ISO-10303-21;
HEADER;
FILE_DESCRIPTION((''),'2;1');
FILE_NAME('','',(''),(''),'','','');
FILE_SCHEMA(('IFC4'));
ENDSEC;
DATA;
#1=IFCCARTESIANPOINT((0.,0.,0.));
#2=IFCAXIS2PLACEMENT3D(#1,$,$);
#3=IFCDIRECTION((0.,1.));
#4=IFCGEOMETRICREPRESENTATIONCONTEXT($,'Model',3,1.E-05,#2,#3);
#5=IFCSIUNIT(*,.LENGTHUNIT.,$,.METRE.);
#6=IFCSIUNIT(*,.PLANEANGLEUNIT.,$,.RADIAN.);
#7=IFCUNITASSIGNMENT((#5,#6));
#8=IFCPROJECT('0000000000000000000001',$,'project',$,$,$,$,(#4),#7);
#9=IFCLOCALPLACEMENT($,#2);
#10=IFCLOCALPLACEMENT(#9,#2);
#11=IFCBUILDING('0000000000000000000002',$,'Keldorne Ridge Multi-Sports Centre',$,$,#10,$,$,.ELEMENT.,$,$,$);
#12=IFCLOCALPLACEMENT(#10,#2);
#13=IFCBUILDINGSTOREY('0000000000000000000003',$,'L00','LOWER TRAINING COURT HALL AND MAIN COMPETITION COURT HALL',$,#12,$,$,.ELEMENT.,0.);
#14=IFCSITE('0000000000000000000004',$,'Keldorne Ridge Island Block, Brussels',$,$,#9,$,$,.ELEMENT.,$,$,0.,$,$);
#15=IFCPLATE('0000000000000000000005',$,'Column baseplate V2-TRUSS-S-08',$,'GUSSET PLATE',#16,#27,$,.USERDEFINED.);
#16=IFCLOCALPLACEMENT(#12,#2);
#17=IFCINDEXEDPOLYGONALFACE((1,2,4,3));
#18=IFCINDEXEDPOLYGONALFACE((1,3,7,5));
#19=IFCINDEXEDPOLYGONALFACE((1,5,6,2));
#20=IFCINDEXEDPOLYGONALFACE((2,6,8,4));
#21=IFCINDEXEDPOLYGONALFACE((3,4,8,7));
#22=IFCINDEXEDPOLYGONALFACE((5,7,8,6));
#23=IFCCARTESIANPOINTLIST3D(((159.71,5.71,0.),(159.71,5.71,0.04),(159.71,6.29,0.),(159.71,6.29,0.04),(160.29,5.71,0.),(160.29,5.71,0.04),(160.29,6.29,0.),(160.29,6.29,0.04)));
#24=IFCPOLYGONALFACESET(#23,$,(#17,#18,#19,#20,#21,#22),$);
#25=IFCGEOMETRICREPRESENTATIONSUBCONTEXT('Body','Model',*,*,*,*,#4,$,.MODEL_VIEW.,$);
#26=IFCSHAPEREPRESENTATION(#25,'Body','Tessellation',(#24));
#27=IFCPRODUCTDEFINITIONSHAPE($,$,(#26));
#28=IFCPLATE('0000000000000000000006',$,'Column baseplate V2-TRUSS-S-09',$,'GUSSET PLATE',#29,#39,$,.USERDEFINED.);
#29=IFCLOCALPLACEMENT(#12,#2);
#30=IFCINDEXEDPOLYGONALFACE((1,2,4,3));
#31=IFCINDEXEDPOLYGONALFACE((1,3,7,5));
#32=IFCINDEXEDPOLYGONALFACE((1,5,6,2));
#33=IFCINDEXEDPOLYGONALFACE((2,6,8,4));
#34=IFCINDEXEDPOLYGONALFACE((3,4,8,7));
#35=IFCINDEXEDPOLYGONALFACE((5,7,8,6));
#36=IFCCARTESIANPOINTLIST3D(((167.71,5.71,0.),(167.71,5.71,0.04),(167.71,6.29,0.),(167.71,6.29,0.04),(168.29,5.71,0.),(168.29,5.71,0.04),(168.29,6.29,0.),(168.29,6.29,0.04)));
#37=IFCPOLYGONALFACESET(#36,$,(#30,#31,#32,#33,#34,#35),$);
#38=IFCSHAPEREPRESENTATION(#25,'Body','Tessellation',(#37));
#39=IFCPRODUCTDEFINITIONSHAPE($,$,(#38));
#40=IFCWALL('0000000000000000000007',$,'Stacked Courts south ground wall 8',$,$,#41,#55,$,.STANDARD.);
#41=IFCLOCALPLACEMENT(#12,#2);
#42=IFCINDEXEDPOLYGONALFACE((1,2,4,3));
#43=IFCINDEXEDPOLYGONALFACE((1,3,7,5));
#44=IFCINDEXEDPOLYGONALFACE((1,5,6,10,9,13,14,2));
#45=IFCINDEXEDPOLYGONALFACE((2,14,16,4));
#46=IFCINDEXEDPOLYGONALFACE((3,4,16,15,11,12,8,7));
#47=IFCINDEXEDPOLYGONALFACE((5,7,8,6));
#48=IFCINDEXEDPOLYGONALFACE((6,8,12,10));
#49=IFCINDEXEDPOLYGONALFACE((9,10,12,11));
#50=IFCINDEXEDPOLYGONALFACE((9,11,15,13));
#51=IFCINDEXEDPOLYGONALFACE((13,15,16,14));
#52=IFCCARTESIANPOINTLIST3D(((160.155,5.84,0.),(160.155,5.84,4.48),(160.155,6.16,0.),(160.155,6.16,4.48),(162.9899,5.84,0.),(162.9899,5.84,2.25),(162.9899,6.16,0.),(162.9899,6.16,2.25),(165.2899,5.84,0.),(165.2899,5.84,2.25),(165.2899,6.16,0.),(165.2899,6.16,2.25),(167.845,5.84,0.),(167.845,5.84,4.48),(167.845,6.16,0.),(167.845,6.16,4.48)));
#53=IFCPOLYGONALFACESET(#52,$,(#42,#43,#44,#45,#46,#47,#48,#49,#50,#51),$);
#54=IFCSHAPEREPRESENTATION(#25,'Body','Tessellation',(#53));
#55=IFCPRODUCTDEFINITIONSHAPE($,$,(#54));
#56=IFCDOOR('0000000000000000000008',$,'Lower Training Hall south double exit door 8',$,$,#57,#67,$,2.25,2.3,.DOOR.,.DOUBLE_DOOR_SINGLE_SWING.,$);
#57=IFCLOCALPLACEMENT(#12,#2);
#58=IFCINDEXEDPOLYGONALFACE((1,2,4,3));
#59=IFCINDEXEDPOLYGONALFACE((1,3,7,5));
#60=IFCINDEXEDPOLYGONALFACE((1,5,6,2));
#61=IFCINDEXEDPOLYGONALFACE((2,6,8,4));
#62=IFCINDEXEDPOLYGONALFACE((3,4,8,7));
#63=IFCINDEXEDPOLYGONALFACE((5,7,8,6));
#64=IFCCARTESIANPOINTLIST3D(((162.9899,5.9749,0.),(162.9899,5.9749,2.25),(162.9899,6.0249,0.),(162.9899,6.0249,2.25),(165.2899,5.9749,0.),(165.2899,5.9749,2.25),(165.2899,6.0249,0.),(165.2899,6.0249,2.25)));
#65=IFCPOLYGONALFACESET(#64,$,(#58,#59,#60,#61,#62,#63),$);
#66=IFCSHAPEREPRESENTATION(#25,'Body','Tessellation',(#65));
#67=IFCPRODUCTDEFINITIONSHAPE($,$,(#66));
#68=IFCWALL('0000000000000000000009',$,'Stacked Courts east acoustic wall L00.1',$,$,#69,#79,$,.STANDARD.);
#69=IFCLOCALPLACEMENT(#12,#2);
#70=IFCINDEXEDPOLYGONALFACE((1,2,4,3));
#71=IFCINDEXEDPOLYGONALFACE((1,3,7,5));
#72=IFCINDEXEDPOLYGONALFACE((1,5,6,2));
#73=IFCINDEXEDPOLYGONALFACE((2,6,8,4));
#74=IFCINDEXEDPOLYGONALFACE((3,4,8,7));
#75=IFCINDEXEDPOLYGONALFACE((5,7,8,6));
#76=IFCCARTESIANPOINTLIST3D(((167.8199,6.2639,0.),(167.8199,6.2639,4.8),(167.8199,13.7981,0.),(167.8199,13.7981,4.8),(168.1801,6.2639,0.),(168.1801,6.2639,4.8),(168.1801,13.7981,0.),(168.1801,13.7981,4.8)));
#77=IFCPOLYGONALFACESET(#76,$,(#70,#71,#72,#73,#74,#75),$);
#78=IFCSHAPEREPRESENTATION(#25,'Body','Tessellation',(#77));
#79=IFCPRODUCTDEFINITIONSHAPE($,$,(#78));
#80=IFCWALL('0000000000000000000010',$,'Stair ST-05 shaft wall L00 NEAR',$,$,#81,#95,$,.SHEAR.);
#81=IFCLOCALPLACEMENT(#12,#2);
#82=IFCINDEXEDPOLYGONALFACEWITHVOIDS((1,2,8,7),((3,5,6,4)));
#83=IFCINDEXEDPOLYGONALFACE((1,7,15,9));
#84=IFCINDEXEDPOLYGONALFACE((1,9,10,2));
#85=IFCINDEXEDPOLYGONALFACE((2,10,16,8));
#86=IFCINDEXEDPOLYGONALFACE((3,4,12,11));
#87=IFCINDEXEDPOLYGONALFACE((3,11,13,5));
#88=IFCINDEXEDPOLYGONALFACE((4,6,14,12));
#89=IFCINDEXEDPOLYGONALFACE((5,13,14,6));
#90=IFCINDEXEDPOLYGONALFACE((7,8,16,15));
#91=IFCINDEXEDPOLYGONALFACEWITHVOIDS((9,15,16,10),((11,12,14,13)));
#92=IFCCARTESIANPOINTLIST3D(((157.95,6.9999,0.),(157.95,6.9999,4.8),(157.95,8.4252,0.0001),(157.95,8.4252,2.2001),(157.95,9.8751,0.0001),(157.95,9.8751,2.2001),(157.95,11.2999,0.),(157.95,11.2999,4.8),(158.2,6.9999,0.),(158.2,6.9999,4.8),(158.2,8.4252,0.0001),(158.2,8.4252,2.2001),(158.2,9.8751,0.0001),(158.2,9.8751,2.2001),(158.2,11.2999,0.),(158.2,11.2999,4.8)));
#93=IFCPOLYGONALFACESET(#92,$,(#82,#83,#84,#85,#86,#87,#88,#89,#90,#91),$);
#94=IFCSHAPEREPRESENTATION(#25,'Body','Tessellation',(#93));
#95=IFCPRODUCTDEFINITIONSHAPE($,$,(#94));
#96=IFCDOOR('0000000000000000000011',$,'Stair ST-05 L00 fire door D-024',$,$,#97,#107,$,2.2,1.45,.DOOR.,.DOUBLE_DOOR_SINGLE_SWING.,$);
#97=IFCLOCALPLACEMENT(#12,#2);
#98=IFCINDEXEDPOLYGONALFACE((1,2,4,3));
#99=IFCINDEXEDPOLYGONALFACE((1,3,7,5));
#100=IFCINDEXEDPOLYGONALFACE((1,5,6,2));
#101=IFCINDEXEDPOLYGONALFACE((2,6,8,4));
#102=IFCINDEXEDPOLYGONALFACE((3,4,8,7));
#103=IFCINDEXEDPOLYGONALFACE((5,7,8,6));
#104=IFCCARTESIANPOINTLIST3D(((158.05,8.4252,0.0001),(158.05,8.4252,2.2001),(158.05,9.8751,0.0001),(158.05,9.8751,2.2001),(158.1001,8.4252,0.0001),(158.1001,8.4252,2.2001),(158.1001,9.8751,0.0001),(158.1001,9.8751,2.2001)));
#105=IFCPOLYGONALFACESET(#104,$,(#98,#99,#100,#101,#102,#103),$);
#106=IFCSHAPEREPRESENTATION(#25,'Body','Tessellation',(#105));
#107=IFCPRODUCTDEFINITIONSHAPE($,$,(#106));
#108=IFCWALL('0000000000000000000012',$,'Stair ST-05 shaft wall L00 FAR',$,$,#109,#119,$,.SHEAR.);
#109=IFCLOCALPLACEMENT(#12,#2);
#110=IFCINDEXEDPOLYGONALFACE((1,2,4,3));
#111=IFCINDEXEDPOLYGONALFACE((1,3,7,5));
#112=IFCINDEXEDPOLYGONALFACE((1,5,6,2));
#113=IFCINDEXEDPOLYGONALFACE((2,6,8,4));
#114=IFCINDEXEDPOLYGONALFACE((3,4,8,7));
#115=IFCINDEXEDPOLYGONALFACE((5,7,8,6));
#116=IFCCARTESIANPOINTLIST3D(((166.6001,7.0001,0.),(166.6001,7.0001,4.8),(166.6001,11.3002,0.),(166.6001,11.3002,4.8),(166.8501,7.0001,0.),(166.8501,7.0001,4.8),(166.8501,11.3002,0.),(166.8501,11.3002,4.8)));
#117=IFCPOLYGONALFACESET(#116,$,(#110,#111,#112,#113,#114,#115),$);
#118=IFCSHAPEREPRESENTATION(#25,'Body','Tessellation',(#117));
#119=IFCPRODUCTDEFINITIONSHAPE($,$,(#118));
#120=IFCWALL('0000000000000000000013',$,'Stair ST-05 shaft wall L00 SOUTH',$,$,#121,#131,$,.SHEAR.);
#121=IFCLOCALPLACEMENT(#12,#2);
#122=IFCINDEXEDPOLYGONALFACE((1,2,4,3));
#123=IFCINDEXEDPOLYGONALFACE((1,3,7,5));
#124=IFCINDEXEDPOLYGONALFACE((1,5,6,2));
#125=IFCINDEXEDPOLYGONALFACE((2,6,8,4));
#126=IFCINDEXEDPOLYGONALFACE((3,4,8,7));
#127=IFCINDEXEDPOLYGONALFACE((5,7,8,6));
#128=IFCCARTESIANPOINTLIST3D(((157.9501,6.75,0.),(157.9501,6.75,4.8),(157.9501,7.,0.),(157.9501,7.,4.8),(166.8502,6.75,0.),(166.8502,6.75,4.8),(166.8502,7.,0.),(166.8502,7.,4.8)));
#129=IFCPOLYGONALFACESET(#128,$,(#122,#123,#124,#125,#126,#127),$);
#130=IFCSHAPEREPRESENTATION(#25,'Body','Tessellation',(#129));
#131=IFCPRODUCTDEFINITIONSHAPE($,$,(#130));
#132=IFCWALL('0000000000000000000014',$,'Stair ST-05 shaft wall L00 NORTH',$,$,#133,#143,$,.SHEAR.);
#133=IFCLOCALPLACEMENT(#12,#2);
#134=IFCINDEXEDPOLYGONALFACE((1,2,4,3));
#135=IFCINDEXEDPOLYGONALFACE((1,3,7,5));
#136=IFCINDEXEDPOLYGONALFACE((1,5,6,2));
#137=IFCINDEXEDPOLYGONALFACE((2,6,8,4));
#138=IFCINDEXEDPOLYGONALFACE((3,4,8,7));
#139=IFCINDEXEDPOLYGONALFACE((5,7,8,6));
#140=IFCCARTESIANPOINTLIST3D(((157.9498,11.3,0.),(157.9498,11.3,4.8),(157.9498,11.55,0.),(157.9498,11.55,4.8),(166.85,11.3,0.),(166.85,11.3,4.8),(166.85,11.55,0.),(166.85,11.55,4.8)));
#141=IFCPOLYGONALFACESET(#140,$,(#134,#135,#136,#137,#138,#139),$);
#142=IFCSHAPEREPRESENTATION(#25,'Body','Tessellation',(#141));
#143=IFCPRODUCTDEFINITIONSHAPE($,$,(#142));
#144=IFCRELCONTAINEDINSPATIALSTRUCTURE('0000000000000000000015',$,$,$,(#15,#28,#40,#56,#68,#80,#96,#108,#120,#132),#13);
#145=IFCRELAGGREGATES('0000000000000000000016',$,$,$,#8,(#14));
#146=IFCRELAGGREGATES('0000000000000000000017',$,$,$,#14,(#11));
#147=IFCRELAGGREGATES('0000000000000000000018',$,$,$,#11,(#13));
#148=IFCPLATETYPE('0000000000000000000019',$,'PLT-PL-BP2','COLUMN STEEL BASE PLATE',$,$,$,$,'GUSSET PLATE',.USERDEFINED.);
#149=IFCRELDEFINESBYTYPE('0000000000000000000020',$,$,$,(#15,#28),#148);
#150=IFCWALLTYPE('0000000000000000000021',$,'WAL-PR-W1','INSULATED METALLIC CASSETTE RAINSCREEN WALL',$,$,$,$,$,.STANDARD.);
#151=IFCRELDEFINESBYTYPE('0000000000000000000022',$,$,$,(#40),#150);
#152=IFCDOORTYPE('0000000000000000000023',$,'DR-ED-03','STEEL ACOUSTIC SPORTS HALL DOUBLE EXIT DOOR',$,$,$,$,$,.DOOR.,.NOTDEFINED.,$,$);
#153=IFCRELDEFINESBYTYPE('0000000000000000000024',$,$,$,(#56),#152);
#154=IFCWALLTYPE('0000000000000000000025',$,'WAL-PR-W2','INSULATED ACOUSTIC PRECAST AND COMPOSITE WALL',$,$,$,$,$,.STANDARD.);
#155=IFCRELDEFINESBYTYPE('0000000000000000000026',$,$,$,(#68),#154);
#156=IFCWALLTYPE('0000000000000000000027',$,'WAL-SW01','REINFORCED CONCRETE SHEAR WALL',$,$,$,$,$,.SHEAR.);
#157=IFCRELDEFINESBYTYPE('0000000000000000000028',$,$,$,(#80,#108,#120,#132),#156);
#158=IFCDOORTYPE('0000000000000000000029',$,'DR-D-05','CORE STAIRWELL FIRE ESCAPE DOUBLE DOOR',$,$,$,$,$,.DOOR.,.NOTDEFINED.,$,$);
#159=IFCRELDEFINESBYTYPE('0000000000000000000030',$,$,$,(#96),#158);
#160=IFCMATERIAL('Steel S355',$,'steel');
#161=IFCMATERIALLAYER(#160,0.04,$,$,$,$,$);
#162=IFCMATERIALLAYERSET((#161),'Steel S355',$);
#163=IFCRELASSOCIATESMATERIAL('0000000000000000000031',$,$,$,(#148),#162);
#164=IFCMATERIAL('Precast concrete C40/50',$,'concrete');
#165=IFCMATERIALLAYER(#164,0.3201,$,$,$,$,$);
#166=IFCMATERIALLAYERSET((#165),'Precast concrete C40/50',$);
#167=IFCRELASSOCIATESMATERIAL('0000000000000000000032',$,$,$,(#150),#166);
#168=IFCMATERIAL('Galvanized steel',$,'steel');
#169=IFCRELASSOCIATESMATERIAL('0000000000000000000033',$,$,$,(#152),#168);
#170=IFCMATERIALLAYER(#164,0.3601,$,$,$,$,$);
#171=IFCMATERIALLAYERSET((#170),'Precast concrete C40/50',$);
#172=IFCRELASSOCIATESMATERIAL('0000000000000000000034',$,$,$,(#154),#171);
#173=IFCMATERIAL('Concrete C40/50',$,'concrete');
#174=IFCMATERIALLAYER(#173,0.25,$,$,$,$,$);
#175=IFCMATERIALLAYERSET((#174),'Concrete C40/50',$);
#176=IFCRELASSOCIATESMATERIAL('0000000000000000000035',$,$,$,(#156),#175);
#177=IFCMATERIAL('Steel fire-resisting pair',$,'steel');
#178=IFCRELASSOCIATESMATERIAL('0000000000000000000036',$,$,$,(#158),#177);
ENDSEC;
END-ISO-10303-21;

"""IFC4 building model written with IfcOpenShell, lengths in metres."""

from ifc_helpers import new_model, si_unit, direction, frame, frame_2d, origin, origin_2d, place, context, subcontext, project, spatial, rectangle, extrude, material, layer, layer_set, type_object, element, fill, save


model = new_model("IFC4")

# Units and contexts
model_context = context("Model", 3, precision=1e-05, world=origin(), true_north=direction((0.0, 1.0)))
body_context = subcontext(model_context, "Body", "Model", "MODEL_VIEW")
ifc_project = project(units=[si_unit("LENGTHUNIT", "METRE"), si_unit("PLANEANGLEUNIT", "RADIAN")], contexts=[model_context])

# Site, building, storey
site_placement = place(None, origin())
site = spatial("IfcSite", under=ifc_project, at=site_placement, Name="Keldorne Ridge Island Block, Brussels", CompositionType="ELEMENT", RefElevation=0.0)
building_placement = place(site_placement, origin())
building = spatial("IfcBuilding", under=site, at=building_placement, Name="Keldorne Ridge Multi-Sports Centre", CompositionType="ELEMENT")
storey_placement = place(building_placement, origin())
storey = spatial("IfcBuildingStorey", under=building, at=storey_placement, Name="L00", Description="LOWER TRAINING COURT HALL AND MAIN COMPETITION COURT HALL", CompositionType="ELEMENT", Elevation=0.0)

# Shared definitions
ifc_material_1 = material(Name="Steel S355", Category="steel")

# Plates
ifc_layer_1 = layer(ifc_material_1, 0.04)
ifc_layer_set_1 = layer_set([ifc_layer_1], Name="Steel S355")
plate_type_1 = type_object("IfcPlateType", Name="PLT-PL-BP2", Description="COLUMN STEEL BASE PLATE", ElementType="GUSSET PLATE", PredefinedType="USERDEFINED", material=ifc_layer_set_1)
for number, where, z_axis, x_axis, name in (
    (1, (160.0, 6.0, 0.0), (0.0, 0.0, 1.0), (1.0, 0.0, 0.0), "Column baseplate V2-TRUSS-S-08"),
    (2, (168.0, 6.0, 0.0), (0.0, 0.0, 1.0), (1.0, 0.0, 0.0), "Column baseplate V2-TRUSS-S-09"),
):
    element("IfcPlate", number, at=place(storey_placement, frame(where, z_axis=z_axis, x_axis=x_axis)), inside=storey, type_object=plate_type_1, Name=name, ObjectType="GUSSET PLATE", PredefinedType="USERDEFINED", context=body_context, shape_type="SweptSolid", body=[
        extrude(rectangle(XDim=0.5801, YDim=0.5801, at=origin_2d()), origin(), (0.0, 0.0, 1.0), 0.04),
    ])

# Wall, opening, door
ifc_material_2 = material(Name="Precast concrete C40/50", Category="concrete")
ifc_layer_2 = layer(ifc_material_2, 0.3201)
ifc_layer_set_2 = layer_set([ifc_layer_2], Name="Precast concrete C40/50")
wall_type_1 = type_object("IfcWallType", Name="WAL-PR-W1", Description="INSULATED METALLIC CASSETTE RAINSCREEN WALL", PredefinedType="STANDARD", material=ifc_layer_set_2)
wall_1_placement = place(storey_placement, frame((160.155, 6.0, 0.0), z_axis=(0.0, 0.0, 1.0), x_axis=(1.0, 0.0, 0.0)))
wall_1 = element("IfcWall", 3, at=wall_1_placement, inside=storey, type_object=wall_type_1, Name="Stacked Courts south ground wall 8", PredefinedType="STANDARD", context=body_context, shape_type="SweptSolid", body=[
    extrude(rectangle(XDim=7.6899, YDim=0.3201, at=frame_2d((3.845, 0.0))), origin(), (0.0, 0.0, 1.0), 4.48),
])
opening_1_placement = place(wall_1_placement, frame((2.835, 0.0, 0.0)))
opening_1 = element("IfcOpeningElement", 4, at=opening_1_placement, cuts=wall_1, PredefinedType="OPENING", context=body_context, shape_type="SweptSolid", body=[
    extrude(rectangle(XDim=2.3, YDim=2.25, at=frame_2d((1.1499, 1.125))), frame((0.0, 0.1699, 0.0), z_axis=(0.0, -1.0, 0.0), x_axis=(1.0, 0.0, 0.0)), (0.0, 0.0, 1.0), 0.3401),
])
ifc_material_3 = material(Name="Galvanized steel", Category="steel")
door_type_1 = type_object("IfcDoorType", Name="DR-ED-03", Description="STEEL ACOUSTIC SPORTS HALL DOUBLE EXIT DOOR", OperationType="NOTDEFINED", PredefinedType="DOOR", material=ifc_material_3)
door_1_placement = place(opening_1_placement, origin())
door_1 = element("IfcDoor", 5, at=door_1_placement, inside=storey, type_object=door_type_1, Name="Lower Training Hall south double exit door 8", OperationType="DOUBLE_DOOR_SINGLE_SWING", OverallHeight=2.25, OverallWidth=2.3, PredefinedType="DOOR", context=body_context, shape_type="SweptSolid", body=[
    extrude(rectangle(XDim=2.3, YDim=2.25, at=frame_2d((1.1499, 1.125))), frame((0.0, 0.0249, 0.0), z_axis=(0.0, -1.0, 0.0), x_axis=(1.0, 0.0, 0.0)), (0.0, 0.0, 1.0), 0.05),
])
fill(opening_1, door_1)

# Wall
ifc_layer_3 = layer(ifc_material_2, 0.3601)
ifc_layer_set_3 = layer_set([ifc_layer_3], Name="Precast concrete C40/50")
wall_type_2 = type_object("IfcWallType", Name="WAL-PR-W2", Description="INSULATED ACOUSTIC PRECAST AND COMPOSITE WALL", PredefinedType="STANDARD", material=ifc_layer_set_3)
wall_2_placement = place(storey_placement, frame((168.0, 6.2639, 0.0), z_axis=(0.0, 0.0, 1.0), x_axis=(0.0, 1.0, 0.0)))
element("IfcWall", 6, at=wall_2_placement, inside=storey, type_object=wall_type_2, Name="Stacked Courts east acoustic wall L00.1", PredefinedType="STANDARD", context=body_context, shape_type="SweptSolid", body=[
    extrude(rectangle(XDim=7.5342, YDim=0.3601, at=frame_2d((3.7671, 0.0))), origin(), (0.0, 0.0, 1.0), 4.8),
])

# Wall, opening, door
ifc_material_4 = material(Name="Concrete C40/50", Category="concrete")
ifc_layer_4 = layer(ifc_material_4, 0.25)
ifc_layer_set_4 = layer_set([ifc_layer_4], Name="Concrete C40/50")
wall_type_3 = type_object("IfcWallType", Name="WAL-SW01", Description="REINFORCED CONCRETE SHEAR WALL", PredefinedType="SHEAR", material=ifc_layer_set_4)
wall_3_placement = place(storey_placement, frame((158.075, 7.0, 0.0), z_axis=(0.0, 0.0, 1.0), x_axis=(0.0, 1.0, 0.0)))
wall_3 = element("IfcWall", 7, at=wall_3_placement, inside=storey, type_object=wall_type_3, Name="Stair ST-05 shaft wall L00 NEAR", PredefinedType="SHEAR", context=body_context, shape_type="SweptSolid", body=[
    extrude(rectangle(XDim=4.3, YDim=0.25, at=frame_2d((2.1499, 0.0))), origin(), (0.0, 0.0, 1.0), 4.8),
])
opening_2_placement = place(wall_3_placement, frame((1.425, 0.0, 0.0)))
opening_2 = element("IfcOpeningElement", 8, at=opening_2_placement, cuts=wall_3, PredefinedType="OPENING", context=body_context, shape_type="SweptSolid", body=[
    extrude(rectangle(XDim=1.45, YDim=2.2, at=frame_2d((0.7251, 1.1001))), frame((0.0, 0.135, 0.0), z_axis=(0.0, -1.0, 0.0), x_axis=(1.0, 0.0, 0.0)), (0.0, 0.0, 1.0), 0.27),
])
ifc_material_5 = material(Name="Steel fire-resisting pair", Category="steel")
door_type_2 = type_object("IfcDoorType", Name="DR-D-05", Description="CORE STAIRWELL FIRE ESCAPE DOUBLE DOOR", OperationType="NOTDEFINED", PredefinedType="DOOR", material=ifc_material_5)
door_2_placement = place(opening_2_placement, origin())
door_2 = element("IfcDoor", 9, at=door_2_placement, inside=storey, type_object=door_type_2, Name="Stair ST-05 L00 fire door D-024", OperationType="DOUBLE_DOOR_SINGLE_SWING", OverallHeight=2.2, OverallWidth=1.45, PredefinedType="DOOR", context=body_context, shape_type="SweptSolid", body=[
    extrude(rectangle(XDim=1.45, YDim=2.2, at=frame_2d((0.7251, 1.1001))), frame((0.0, 0.0249, 0.0), z_axis=(0.0, -1.0, 0.0), x_axis=(1.0, 0.0, 0.0)), (0.0, 0.0, 1.0), 0.05),
])
fill(opening_2, door_2)

# Walls
wall_4_placement = place(storey_placement, frame((166.7251, 11.3, 0.0), z_axis=(0.0, 0.0, 1.0), x_axis=(0.0, -1.0, 0.0)))
element("IfcWall", 10, at=wall_4_placement, inside=storey, type_object=wall_type_3, Name="Stair ST-05 shaft wall L00 FAR", PredefinedType="SHEAR", context=body_context, shape_type="SweptSolid", body=[
    extrude(rectangle(XDim=4.3, YDim=0.25, at=frame_2d((2.1499, 0.0))), origin(), (0.0, 0.0, 1.0), 4.8),
])
for number, where, z_axis, x_axis, name in (
    (11, (157.95, 6.875, 0.0), (0.0, 0.0, 1.0), (1.0, 0.0, 0.0), "Stair ST-05 shaft wall L00 SOUTH"),
    (12, (166.8501, 11.425, 0.0), (0.0, 0.0, 1.0), (-1.0, 0.0, 0.0), "Stair ST-05 shaft wall L00 NORTH"),
):
    element("IfcWall", number, at=place(storey_placement, frame(where, z_axis=z_axis, x_axis=x_axis)), inside=storey, type_object=wall_type_3, Name=name, PredefinedType="SHEAR", context=body_context, shape_type="SweptSolid", body=[
        extrude(rectangle(XDim=8.9001, YDim=0.25, at=frame_2d((4.4502, 0.0))), origin(), (0.0, 0.0, 1.0), 4.8),
    ])

save(model, "model.ifc")
